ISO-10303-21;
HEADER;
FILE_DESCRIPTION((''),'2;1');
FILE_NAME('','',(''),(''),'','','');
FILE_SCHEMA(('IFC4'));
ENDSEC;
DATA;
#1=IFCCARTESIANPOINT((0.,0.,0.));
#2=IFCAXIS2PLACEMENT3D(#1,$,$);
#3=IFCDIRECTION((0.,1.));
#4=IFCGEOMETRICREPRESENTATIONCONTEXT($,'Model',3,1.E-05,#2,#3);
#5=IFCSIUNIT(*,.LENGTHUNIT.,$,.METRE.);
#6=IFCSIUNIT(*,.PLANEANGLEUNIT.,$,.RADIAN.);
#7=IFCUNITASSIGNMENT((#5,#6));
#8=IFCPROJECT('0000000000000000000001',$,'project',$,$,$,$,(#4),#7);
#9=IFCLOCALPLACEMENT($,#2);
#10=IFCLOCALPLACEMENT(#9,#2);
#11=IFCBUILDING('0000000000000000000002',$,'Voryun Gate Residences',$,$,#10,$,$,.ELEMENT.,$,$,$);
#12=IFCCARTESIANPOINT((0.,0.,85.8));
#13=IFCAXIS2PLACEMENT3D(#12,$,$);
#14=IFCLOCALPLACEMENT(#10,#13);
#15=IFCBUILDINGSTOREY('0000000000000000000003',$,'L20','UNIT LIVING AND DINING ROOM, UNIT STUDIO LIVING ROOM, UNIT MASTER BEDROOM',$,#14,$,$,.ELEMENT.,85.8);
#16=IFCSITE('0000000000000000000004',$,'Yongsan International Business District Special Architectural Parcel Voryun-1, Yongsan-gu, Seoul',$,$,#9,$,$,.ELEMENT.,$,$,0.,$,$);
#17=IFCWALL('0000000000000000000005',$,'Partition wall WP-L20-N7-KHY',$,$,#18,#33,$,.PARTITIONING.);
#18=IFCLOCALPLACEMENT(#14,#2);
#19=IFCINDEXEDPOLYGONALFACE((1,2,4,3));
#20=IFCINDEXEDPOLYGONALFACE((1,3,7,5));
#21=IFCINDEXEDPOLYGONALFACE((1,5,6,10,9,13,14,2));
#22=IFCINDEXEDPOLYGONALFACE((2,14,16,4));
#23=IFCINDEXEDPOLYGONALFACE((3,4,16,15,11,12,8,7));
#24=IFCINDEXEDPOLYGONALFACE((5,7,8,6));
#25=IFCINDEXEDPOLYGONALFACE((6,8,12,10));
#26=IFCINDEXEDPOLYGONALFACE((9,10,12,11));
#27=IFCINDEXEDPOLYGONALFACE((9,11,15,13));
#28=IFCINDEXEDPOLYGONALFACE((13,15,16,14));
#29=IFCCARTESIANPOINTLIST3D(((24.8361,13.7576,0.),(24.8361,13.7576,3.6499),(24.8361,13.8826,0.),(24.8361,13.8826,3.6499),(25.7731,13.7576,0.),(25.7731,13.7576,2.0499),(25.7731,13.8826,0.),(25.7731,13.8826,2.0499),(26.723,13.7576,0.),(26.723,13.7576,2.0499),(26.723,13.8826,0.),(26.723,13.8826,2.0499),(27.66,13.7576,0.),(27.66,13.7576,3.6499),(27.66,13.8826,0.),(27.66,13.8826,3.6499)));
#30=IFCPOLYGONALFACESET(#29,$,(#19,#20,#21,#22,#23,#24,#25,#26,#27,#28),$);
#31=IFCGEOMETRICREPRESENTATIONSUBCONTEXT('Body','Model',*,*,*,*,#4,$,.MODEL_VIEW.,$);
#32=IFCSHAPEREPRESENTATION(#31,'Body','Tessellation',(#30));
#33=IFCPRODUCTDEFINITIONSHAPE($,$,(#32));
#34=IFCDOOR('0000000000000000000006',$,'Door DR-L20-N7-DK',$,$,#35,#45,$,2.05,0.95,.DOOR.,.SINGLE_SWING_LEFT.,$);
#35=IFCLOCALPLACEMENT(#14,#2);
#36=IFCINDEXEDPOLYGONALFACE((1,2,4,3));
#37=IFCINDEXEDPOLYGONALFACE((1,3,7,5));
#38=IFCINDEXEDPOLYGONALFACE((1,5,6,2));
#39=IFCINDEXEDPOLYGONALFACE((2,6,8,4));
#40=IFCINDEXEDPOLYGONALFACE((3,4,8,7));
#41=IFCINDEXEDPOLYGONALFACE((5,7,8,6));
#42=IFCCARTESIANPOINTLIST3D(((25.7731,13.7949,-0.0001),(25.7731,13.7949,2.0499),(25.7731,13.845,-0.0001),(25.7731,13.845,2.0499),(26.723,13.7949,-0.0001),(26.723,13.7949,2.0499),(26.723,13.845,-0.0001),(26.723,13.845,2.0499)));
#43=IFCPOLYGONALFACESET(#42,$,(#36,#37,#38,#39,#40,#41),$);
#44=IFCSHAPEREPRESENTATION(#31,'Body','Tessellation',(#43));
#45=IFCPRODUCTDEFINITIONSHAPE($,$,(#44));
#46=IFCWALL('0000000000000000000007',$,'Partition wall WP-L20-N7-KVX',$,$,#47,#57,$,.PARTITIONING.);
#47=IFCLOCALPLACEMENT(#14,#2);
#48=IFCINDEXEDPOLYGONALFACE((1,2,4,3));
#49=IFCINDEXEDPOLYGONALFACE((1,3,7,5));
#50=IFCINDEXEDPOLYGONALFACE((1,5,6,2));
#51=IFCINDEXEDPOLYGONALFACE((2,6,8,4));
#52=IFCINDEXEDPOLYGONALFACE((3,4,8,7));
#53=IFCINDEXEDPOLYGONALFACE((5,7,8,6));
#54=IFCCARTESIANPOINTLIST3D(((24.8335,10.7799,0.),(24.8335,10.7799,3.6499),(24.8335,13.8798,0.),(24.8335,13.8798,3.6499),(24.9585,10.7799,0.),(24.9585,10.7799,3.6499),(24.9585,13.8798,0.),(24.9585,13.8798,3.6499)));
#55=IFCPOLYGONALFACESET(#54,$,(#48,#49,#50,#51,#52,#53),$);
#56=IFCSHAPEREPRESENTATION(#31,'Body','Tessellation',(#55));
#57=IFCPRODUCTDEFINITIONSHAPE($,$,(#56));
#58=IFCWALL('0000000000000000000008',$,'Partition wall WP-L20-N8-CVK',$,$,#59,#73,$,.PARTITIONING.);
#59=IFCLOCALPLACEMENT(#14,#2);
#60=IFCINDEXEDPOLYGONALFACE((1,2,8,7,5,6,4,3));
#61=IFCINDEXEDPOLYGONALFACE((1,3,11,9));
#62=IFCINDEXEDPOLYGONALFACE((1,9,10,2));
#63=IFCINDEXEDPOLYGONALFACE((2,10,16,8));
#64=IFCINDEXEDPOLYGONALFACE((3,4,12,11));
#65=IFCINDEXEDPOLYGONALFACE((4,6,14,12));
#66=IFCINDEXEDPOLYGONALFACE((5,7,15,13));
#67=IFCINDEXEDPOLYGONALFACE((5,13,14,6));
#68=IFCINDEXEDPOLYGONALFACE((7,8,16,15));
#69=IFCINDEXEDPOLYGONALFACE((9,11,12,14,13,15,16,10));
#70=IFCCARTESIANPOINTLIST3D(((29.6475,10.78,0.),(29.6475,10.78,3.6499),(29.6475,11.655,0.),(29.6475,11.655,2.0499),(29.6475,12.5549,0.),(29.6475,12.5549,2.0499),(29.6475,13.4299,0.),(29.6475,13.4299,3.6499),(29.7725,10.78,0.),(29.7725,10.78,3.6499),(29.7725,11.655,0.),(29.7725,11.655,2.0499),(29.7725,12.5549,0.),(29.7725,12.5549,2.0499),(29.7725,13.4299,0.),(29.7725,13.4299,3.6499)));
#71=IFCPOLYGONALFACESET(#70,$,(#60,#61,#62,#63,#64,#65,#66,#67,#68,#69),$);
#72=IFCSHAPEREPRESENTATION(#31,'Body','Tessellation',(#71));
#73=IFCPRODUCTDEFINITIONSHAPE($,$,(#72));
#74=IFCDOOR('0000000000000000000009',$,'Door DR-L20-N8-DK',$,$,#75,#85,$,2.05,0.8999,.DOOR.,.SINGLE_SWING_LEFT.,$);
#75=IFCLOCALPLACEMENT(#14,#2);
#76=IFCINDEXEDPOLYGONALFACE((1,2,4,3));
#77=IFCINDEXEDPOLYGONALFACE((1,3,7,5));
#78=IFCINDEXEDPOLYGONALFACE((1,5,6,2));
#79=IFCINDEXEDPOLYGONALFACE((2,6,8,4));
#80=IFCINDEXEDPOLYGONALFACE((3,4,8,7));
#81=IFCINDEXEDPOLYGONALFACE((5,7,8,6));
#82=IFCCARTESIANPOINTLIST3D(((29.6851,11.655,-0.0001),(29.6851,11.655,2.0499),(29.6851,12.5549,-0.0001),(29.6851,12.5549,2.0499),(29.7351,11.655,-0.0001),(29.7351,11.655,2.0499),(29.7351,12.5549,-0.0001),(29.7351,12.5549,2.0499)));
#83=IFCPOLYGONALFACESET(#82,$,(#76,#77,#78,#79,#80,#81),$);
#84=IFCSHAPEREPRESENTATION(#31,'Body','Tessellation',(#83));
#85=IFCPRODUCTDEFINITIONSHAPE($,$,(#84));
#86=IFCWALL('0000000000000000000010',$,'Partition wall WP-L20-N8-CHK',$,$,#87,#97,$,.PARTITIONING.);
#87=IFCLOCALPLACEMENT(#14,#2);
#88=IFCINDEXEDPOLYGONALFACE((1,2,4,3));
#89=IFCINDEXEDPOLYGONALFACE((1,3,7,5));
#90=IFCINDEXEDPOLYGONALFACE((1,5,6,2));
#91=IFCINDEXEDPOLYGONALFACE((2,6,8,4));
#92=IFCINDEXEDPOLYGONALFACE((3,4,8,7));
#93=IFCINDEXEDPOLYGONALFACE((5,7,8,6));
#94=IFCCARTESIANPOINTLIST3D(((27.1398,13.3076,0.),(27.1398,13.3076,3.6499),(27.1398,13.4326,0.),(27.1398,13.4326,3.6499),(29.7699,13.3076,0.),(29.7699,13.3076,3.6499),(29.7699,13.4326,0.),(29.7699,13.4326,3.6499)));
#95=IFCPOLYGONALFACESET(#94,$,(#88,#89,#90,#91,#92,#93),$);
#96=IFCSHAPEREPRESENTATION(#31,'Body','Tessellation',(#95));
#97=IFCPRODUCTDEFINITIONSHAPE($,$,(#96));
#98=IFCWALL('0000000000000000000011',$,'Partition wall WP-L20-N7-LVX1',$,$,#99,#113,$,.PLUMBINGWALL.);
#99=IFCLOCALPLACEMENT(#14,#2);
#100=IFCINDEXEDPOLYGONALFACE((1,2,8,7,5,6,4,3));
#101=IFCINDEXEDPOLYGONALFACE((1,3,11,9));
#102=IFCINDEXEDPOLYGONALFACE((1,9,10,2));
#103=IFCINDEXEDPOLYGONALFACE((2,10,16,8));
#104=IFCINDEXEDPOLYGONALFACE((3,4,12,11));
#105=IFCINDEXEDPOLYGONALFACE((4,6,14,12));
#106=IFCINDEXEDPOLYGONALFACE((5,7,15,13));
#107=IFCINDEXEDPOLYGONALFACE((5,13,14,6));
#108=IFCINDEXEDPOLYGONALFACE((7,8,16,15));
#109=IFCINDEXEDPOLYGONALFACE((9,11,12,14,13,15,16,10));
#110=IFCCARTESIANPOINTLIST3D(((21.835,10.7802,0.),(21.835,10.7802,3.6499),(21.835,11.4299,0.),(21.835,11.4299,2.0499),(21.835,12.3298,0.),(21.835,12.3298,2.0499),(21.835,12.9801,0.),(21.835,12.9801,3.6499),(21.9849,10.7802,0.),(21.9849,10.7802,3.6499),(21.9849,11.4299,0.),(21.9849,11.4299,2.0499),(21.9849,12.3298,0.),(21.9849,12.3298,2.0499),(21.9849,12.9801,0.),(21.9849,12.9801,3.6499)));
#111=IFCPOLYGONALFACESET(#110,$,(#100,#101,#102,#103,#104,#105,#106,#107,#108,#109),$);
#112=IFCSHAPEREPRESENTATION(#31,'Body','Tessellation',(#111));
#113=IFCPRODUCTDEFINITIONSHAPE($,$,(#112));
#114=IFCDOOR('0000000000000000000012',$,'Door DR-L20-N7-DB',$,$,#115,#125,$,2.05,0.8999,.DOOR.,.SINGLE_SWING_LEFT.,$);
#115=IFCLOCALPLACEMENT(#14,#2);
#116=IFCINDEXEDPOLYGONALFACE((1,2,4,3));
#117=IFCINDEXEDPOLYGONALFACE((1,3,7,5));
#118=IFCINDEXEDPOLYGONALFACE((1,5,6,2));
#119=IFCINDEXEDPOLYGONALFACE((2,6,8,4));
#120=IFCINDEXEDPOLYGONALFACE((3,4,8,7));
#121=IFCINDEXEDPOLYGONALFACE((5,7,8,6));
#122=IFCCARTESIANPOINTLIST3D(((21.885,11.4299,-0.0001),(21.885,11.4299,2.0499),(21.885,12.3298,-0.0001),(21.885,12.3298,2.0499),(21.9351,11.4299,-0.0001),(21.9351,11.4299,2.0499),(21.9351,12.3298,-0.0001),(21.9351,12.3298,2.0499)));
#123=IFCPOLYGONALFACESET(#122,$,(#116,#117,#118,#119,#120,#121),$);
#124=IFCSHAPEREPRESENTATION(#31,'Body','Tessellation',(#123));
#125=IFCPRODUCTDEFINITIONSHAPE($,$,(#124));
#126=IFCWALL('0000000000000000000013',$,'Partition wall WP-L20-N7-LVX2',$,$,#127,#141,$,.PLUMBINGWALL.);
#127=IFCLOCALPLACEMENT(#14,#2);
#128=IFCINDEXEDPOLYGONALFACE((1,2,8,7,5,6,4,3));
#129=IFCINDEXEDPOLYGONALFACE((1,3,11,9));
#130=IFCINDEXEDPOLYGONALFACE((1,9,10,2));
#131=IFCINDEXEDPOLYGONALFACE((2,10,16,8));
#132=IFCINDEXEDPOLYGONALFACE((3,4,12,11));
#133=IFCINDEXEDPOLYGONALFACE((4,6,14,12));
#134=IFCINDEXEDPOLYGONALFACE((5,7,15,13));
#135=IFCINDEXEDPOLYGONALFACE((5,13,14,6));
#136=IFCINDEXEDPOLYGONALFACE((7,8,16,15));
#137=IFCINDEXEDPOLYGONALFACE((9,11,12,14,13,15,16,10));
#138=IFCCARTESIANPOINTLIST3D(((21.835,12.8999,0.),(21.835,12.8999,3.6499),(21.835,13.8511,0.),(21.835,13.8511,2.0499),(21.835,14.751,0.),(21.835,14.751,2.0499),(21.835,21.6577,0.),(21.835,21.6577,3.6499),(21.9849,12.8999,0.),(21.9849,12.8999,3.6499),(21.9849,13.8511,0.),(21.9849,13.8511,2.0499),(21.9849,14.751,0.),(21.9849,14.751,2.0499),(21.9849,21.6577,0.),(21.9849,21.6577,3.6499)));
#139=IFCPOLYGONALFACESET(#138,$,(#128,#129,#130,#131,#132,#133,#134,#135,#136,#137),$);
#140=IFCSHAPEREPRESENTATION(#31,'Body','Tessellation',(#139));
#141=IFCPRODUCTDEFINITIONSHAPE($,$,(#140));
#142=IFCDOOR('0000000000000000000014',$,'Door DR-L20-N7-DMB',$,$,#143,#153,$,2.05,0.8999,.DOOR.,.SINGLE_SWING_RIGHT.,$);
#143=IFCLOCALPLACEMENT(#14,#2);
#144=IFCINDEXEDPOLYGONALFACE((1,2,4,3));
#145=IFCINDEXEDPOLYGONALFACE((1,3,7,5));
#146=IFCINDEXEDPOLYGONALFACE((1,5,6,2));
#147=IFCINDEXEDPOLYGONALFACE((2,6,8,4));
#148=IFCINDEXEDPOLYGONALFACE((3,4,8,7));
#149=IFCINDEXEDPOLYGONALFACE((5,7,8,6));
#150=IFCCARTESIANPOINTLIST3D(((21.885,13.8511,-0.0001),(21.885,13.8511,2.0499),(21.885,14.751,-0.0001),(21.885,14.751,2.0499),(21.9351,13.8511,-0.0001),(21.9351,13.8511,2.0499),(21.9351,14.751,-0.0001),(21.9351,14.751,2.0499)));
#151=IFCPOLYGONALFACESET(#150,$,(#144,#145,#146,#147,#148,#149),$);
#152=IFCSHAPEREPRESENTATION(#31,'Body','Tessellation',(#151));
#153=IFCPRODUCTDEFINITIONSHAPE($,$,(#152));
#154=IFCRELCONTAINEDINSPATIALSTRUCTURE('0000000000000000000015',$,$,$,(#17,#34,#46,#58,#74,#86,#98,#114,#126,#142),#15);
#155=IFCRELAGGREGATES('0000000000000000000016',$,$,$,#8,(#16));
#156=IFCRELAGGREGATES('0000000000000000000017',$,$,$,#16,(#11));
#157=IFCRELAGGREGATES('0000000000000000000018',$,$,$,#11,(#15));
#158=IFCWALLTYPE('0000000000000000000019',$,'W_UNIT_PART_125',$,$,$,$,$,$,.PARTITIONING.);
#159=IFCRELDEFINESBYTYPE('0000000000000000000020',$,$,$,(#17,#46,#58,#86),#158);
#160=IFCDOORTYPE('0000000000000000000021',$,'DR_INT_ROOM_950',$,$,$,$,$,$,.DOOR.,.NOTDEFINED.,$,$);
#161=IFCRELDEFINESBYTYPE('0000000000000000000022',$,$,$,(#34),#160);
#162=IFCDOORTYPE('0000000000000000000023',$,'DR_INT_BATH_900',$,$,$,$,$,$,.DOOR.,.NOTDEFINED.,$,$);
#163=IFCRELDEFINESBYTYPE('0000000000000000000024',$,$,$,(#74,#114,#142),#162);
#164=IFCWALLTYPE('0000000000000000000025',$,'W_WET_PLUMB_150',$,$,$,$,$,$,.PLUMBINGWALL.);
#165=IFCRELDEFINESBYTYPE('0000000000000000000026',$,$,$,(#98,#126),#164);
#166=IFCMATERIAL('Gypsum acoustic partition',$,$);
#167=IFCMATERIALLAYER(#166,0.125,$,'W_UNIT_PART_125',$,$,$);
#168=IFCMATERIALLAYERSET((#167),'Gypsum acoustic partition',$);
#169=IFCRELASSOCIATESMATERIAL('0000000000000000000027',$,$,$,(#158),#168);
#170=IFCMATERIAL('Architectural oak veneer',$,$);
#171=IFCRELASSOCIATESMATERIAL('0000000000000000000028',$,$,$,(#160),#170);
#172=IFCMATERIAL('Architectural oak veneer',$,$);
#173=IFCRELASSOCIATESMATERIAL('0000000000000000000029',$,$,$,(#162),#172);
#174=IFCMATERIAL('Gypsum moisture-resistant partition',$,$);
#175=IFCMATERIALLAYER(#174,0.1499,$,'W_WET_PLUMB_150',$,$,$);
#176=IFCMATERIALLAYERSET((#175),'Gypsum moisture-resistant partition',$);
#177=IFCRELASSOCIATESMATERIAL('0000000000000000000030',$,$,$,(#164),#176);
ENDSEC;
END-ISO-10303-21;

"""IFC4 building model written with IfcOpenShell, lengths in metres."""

from ifc_helpers import new_model, si_unit, direction, frame, frame_2d, origin, place, context, subcontext, project, spatial, rectangle, extrude, material, layer, layer_set, type_object, element, fill, save


model = new_model("IFC4")

# Units and contexts
model_context = context("Model", 3, precision=1e-05, world=origin(), true_north=direction((0.0, 1.0)))
body_context = subcontext(model_context, "Body", "Model", "MODEL_VIEW")
ifc_project = project(units=[si_unit("LENGTHUNIT", "METRE"), si_unit("PLANEANGLEUNIT", "RADIAN")], contexts=[model_context])

# Site, building, storey
site_placement = place(None, origin())
site = spatial("IfcSite", under=ifc_project, at=site_placement, Name="Yongsan International Business District Special Architectural Parcel Voryun-1, Yongsan-gu, Seoul", CompositionType="ELEMENT", RefElevation=0.0)
building_placement = place(site_placement, origin())
building = spatial("IfcBuilding", under=site, at=building_placement, Name="Voryun Gate Residences", CompositionType="ELEMENT")
storey_placement = place(building_placement, frame((0.0, 0.0, 85.8)))
storey = spatial("IfcBuildingStorey", under=building, at=storey_placement, Name="L20", Description="UNIT LIVING AND DINING ROOM, UNIT STUDIO LIVING ROOM, UNIT MASTER BEDROOM", CompositionType="ELEMENT", Elevation=85.8)

# Wall, opening, door
ifc_material_1 = material(Name="Gypsum acoustic partition")
ifc_layer_1 = layer(ifc_material_1, 0.125, Name="W_UNIT_PART_125")
ifc_layer_set_1 = layer_set([ifc_layer_1], Name="Gypsum acoustic partition")
wall_type_1 = type_object("IfcWallType", Name="W_UNIT_PART_125", PredefinedType="PARTITIONING", material=ifc_layer_set_1)
wall_1_placement = place(storey_placement, frame((24.8359, 13.8201, 0.0), z_axis=(0.0, 0.0, 1.0), x_axis=(1.0, 0.0, 0.0)))
wall_1 = element("IfcWall", 1, at=wall_1_placement, inside=storey, type_object=wall_type_1, Name="Partition wall WP-L20-N7-KHY", PredefinedType="PARTITIONING", context=body_context, shape_type="SweptSolid", body=[
    extrude(rectangle(XDim=2.824, YDim=0.125, at=frame_2d((1.4121, 0.0))), origin(), (0.0, 0.0, 1.0), 3.6499),
])
opening_1_placement = place(wall_1_placement, frame((0.937, 0.0, 0.0)))
opening_1 = element("IfcOpeningElement", 2, at=opening_1_placement, cuts=wall_1, PredefinedType="OPENING", context=body_context, shape_type="SweptSolid", body=[
    extrude(rectangle(XDim=0.95, YDim=2.05, at=frame_2d((0.4751, 1.0249))), frame((0.0, 0.0725, 0.0), z_axis=(0.0, -1.0, 0.0), x_axis=(1.0, 0.0, 0.0)), (0.0, 0.0, 1.0), 0.145),
])
ifc_material_2 = material(Name="Architectural oak veneer")
door_type_1 = type_object("IfcDoorType", Name="DR_INT_ROOM_950", OperationType="NOTDEFINED", PredefinedType="DOOR", material=ifc_material_2)
door_1_placement = place(opening_1_placement, origin())
door_1 = element("IfcDoor", 3, at=door_1_placement, inside=storey, type_object=door_type_1, Name="Door DR-L20-N7-DK", OperationType="SINGLE_SWING_LEFT", OverallHeight=2.05, OverallWidth=0.95, PredefinedType="DOOR", context=body_context, shape_type="SweptSolid", body=[
    extrude(rectangle(XDim=0.95, YDim=2.05, at=frame_2d((0.4751, 1.0249))), frame((0.0, 0.0249, 0.0), z_axis=(0.0, -1.0, 0.0), x_axis=(1.0, 0.0, 0.0)), (0.0, 0.0, 1.0), 0.05),
])
fill(opening_1, door_1)

# Wall
wall_2_placement = place(storey_placement, frame((24.896, 10.78, 0.0), z_axis=(0.0, 0.0, 1.0), x_axis=(0.0, 1.0, 0.0)))
element("IfcWall", 4, at=wall_2_placement, inside=storey, type_object=wall_type_1, Name="Partition wall WP-L20-N7-KVX", PredefinedType="PARTITIONING", context=body_context, shape_type="SweptSolid", body=[
    extrude(rectangle(XDim=3.0999, YDim=0.125, at=frame_2d((1.5498, 0.0))), origin(), (0.0, 0.0, 1.0), 3.6499),
])

# Wall, opening, door
wall_3_placement = place(storey_placement, frame((29.71, 10.78, 0.0), z_axis=(0.0, 0.0, 1.0), x_axis=(0.0, 1.0, 0.0)))
wall_3 = element("IfcWall", 5, at=wall_3_placement, inside=storey, type_object=wall_type_1, Name="Partition wall WP-L20-N8-CVK", PredefinedType="PARTITIONING", context=body_context, shape_type="SweptSolid", body=[
    extrude(rectangle(XDim=2.6499, YDim=0.125, at=frame_2d((1.325, 0.0))), origin(), (0.0, 0.0, 1.0), 3.6499),
])
opening_2_placement = place(wall_3_placement, frame((0.875, 0.0, 0.0)))
opening_2 = element("IfcOpeningElement", 6, at=opening_2_placement, cuts=wall_3, PredefinedType="OPENING", context=body_context, shape_type="SweptSolid", body=[
    extrude(rectangle(XDim=0.8999, YDim=2.05, at=frame_2d((0.45, 1.0249))), frame((0.0, 0.0725, 0.0), z_axis=(0.0, -1.0, 0.0), x_axis=(1.0, 0.0, 0.0)), (0.0, 0.0, 1.0), 0.145),
])
ifc_material_3 = material(Name="Architectural oak veneer")
door_type_2 = type_object("IfcDoorType", Name="DR_INT_BATH_900", OperationType="NOTDEFINED", PredefinedType="DOOR", material=ifc_material_3)
door_2_placement = place(opening_2_placement, origin())
door_2 = element("IfcDoor", 7, at=door_2_placement, inside=storey, type_object=door_type_2, Name="Door DR-L20-N8-DK", OperationType="SINGLE_SWING_LEFT", OverallHeight=2.05, OverallWidth=0.8999, PredefinedType="DOOR", context=body_context, shape_type="SweptSolid", body=[
    extrude(rectangle(XDim=0.8999, YDim=2.05, at=frame_2d((0.45, 1.0249))), frame((0.0, 0.0249, 0.0), z_axis=(0.0, -1.0, 0.0), x_axis=(1.0, 0.0, 0.0)), (0.0, 0.0, 1.0), 0.05),
])
fill(opening_2, door_2)

# Wall
wall_4_placement = place(storey_placement, frame((27.1399, 13.3701, 0.0), z_axis=(0.0, 0.0, 1.0), x_axis=(1.0, 0.0, 0.0)))
element("IfcWall", 8, at=wall_4_placement, inside=storey, type_object=wall_type_1, Name="Partition wall WP-L20-N8-CHK", PredefinedType="PARTITIONING", context=body_context, shape_type="SweptSolid", body=[
    extrude(rectangle(XDim=2.6301, YDim=0.125, at=frame_2d((1.3149, 0.0))), origin(), (0.0, 0.0, 1.0), 3.6499),
])

# Walls, openings, doors
ifc_material_4 = material(Name="Gypsum moisture-resistant partition")
ifc_layer_2 = layer(ifc_material_4, 0.1499, Name="W_WET_PLUMB_150")
ifc_layer_set_2 = layer_set([ifc_layer_2], Name="Gypsum moisture-resistant partition")
wall_type_2 = type_object("IfcWallType", Name="W_WET_PLUMB_150", PredefinedType="PLUMBINGWALL", material=ifc_layer_set_2)
wall_5_placement = place(storey_placement, frame((21.9099, 10.78, 0.0), z_axis=(0.0, 0.0, 1.0), x_axis=(0.0, 1.0, 0.0)))
wall_5 = element("IfcWall", 9, at=wall_5_placement, inside=storey, type_object=wall_type_2, Name="Partition wall WP-L20-N7-LVX1", PredefinedType="PLUMBINGWALL", context=body_context, shape_type="SweptSolid", body=[
    extrude(rectangle(XDim=2.2, YDim=0.1499, at=frame_2d((1.1001, 0.0))), origin(), (0.0, 0.0, 1.0), 3.6499),
])
opening_3_placement = place(wall_5_placement, frame((0.6499, 0.0, 0.0)))
opening_3 = element("IfcOpeningElement", 10, at=opening_3_placement, cuts=wall_5, PredefinedType="OPENING", context=body_context, shape_type="SweptSolid", body=[
    extrude(rectangle(XDim=0.8999, YDim=2.05, at=frame_2d((0.45, 1.0249))), frame((0.0, 0.085, 0.0), z_axis=(0.0, -1.0, 0.0), x_axis=(1.0, 0.0, 0.0)), (0.0, 0.0, 1.0), 0.1699),
])
door_3_placement = place(opening_3_placement, origin())
door_3 = element("IfcDoor", 11, at=door_3_placement, inside=storey, type_object=door_type_2, Name="Door DR-L20-N7-DB", OperationType="SINGLE_SWING_LEFT", OverallHeight=2.05, OverallWidth=0.8999, PredefinedType="DOOR", context=body_context, shape_type="SweptSolid", body=[
    extrude(rectangle(XDim=0.8999, YDim=2.05, at=frame_2d((0.45, 1.0249))), frame((0.0, 0.0249, 0.0), z_axis=(0.0, -1.0, 0.0), x_axis=(1.0, 0.0, 0.0)), (0.0, 0.0, 1.0), 0.05),
])
fill(opening_3, door_3)
wall_6_placement = place(storey_placement, frame((21.9099, 12.8999, 0.0), z_axis=(0.0, 0.0, 1.0), x_axis=(0.0, 1.0, 0.0)))
wall_6 = element("IfcWall", 12, at=wall_6_placement, inside=storey, type_object=wall_type_2, Name="Partition wall WP-L20-N7-LVX2", PredefinedType="PLUMBINGWALL", context=body_context, shape_type="SweptSolid", body=[
    extrude(rectangle(XDim=8.7578, YDim=0.1499, at=frame_2d((4.3789, 0.0))), origin(), (0.0, 0.0, 1.0), 3.6499),
])
opening_4_placement = place(wall_6_placement, frame((0.9512, 0.0, 0.0)))
opening_4 = element("IfcOpeningElement", 13, at=opening_4_placement, cuts=wall_6, PredefinedType="OPENING", context=body_context, shape_type="SweptSolid", body=[
    extrude(rectangle(XDim=0.8999, YDim=2.05, at=frame_2d((0.45, 1.0249))), frame((0.0, 0.085, 0.0), z_axis=(0.0, -1.0, 0.0), x_axis=(1.0, 0.0, 0.0)), (0.0, 0.0, 1.0), 0.1699),
])
door_4_placement = place(opening_4_placement, origin())
door_4 = element("IfcDoor", 14, at=door_4_placement, inside=storey, type_object=door_type_2, Name="Door DR-L20-N7-DMB", OperationType="SINGLE_SWING_RIGHT", OverallHeight=2.05, OverallWidth=0.8999, PredefinedType="DOOR", context=body_context, shape_type="SweptSolid", body=[
    extrude(rectangle(XDim=0.8999, YDim=2.05, at=frame_2d((0.45, 1.0249))), frame((0.0, 0.0249, 0.0), z_axis=(0.0, -1.0, 0.0), x_axis=(1.0, 0.0, 0.0)), (0.0, 0.0, 1.0), 0.05),
])
fill(opening_4, door_4)

save(model, "model.ifc")
